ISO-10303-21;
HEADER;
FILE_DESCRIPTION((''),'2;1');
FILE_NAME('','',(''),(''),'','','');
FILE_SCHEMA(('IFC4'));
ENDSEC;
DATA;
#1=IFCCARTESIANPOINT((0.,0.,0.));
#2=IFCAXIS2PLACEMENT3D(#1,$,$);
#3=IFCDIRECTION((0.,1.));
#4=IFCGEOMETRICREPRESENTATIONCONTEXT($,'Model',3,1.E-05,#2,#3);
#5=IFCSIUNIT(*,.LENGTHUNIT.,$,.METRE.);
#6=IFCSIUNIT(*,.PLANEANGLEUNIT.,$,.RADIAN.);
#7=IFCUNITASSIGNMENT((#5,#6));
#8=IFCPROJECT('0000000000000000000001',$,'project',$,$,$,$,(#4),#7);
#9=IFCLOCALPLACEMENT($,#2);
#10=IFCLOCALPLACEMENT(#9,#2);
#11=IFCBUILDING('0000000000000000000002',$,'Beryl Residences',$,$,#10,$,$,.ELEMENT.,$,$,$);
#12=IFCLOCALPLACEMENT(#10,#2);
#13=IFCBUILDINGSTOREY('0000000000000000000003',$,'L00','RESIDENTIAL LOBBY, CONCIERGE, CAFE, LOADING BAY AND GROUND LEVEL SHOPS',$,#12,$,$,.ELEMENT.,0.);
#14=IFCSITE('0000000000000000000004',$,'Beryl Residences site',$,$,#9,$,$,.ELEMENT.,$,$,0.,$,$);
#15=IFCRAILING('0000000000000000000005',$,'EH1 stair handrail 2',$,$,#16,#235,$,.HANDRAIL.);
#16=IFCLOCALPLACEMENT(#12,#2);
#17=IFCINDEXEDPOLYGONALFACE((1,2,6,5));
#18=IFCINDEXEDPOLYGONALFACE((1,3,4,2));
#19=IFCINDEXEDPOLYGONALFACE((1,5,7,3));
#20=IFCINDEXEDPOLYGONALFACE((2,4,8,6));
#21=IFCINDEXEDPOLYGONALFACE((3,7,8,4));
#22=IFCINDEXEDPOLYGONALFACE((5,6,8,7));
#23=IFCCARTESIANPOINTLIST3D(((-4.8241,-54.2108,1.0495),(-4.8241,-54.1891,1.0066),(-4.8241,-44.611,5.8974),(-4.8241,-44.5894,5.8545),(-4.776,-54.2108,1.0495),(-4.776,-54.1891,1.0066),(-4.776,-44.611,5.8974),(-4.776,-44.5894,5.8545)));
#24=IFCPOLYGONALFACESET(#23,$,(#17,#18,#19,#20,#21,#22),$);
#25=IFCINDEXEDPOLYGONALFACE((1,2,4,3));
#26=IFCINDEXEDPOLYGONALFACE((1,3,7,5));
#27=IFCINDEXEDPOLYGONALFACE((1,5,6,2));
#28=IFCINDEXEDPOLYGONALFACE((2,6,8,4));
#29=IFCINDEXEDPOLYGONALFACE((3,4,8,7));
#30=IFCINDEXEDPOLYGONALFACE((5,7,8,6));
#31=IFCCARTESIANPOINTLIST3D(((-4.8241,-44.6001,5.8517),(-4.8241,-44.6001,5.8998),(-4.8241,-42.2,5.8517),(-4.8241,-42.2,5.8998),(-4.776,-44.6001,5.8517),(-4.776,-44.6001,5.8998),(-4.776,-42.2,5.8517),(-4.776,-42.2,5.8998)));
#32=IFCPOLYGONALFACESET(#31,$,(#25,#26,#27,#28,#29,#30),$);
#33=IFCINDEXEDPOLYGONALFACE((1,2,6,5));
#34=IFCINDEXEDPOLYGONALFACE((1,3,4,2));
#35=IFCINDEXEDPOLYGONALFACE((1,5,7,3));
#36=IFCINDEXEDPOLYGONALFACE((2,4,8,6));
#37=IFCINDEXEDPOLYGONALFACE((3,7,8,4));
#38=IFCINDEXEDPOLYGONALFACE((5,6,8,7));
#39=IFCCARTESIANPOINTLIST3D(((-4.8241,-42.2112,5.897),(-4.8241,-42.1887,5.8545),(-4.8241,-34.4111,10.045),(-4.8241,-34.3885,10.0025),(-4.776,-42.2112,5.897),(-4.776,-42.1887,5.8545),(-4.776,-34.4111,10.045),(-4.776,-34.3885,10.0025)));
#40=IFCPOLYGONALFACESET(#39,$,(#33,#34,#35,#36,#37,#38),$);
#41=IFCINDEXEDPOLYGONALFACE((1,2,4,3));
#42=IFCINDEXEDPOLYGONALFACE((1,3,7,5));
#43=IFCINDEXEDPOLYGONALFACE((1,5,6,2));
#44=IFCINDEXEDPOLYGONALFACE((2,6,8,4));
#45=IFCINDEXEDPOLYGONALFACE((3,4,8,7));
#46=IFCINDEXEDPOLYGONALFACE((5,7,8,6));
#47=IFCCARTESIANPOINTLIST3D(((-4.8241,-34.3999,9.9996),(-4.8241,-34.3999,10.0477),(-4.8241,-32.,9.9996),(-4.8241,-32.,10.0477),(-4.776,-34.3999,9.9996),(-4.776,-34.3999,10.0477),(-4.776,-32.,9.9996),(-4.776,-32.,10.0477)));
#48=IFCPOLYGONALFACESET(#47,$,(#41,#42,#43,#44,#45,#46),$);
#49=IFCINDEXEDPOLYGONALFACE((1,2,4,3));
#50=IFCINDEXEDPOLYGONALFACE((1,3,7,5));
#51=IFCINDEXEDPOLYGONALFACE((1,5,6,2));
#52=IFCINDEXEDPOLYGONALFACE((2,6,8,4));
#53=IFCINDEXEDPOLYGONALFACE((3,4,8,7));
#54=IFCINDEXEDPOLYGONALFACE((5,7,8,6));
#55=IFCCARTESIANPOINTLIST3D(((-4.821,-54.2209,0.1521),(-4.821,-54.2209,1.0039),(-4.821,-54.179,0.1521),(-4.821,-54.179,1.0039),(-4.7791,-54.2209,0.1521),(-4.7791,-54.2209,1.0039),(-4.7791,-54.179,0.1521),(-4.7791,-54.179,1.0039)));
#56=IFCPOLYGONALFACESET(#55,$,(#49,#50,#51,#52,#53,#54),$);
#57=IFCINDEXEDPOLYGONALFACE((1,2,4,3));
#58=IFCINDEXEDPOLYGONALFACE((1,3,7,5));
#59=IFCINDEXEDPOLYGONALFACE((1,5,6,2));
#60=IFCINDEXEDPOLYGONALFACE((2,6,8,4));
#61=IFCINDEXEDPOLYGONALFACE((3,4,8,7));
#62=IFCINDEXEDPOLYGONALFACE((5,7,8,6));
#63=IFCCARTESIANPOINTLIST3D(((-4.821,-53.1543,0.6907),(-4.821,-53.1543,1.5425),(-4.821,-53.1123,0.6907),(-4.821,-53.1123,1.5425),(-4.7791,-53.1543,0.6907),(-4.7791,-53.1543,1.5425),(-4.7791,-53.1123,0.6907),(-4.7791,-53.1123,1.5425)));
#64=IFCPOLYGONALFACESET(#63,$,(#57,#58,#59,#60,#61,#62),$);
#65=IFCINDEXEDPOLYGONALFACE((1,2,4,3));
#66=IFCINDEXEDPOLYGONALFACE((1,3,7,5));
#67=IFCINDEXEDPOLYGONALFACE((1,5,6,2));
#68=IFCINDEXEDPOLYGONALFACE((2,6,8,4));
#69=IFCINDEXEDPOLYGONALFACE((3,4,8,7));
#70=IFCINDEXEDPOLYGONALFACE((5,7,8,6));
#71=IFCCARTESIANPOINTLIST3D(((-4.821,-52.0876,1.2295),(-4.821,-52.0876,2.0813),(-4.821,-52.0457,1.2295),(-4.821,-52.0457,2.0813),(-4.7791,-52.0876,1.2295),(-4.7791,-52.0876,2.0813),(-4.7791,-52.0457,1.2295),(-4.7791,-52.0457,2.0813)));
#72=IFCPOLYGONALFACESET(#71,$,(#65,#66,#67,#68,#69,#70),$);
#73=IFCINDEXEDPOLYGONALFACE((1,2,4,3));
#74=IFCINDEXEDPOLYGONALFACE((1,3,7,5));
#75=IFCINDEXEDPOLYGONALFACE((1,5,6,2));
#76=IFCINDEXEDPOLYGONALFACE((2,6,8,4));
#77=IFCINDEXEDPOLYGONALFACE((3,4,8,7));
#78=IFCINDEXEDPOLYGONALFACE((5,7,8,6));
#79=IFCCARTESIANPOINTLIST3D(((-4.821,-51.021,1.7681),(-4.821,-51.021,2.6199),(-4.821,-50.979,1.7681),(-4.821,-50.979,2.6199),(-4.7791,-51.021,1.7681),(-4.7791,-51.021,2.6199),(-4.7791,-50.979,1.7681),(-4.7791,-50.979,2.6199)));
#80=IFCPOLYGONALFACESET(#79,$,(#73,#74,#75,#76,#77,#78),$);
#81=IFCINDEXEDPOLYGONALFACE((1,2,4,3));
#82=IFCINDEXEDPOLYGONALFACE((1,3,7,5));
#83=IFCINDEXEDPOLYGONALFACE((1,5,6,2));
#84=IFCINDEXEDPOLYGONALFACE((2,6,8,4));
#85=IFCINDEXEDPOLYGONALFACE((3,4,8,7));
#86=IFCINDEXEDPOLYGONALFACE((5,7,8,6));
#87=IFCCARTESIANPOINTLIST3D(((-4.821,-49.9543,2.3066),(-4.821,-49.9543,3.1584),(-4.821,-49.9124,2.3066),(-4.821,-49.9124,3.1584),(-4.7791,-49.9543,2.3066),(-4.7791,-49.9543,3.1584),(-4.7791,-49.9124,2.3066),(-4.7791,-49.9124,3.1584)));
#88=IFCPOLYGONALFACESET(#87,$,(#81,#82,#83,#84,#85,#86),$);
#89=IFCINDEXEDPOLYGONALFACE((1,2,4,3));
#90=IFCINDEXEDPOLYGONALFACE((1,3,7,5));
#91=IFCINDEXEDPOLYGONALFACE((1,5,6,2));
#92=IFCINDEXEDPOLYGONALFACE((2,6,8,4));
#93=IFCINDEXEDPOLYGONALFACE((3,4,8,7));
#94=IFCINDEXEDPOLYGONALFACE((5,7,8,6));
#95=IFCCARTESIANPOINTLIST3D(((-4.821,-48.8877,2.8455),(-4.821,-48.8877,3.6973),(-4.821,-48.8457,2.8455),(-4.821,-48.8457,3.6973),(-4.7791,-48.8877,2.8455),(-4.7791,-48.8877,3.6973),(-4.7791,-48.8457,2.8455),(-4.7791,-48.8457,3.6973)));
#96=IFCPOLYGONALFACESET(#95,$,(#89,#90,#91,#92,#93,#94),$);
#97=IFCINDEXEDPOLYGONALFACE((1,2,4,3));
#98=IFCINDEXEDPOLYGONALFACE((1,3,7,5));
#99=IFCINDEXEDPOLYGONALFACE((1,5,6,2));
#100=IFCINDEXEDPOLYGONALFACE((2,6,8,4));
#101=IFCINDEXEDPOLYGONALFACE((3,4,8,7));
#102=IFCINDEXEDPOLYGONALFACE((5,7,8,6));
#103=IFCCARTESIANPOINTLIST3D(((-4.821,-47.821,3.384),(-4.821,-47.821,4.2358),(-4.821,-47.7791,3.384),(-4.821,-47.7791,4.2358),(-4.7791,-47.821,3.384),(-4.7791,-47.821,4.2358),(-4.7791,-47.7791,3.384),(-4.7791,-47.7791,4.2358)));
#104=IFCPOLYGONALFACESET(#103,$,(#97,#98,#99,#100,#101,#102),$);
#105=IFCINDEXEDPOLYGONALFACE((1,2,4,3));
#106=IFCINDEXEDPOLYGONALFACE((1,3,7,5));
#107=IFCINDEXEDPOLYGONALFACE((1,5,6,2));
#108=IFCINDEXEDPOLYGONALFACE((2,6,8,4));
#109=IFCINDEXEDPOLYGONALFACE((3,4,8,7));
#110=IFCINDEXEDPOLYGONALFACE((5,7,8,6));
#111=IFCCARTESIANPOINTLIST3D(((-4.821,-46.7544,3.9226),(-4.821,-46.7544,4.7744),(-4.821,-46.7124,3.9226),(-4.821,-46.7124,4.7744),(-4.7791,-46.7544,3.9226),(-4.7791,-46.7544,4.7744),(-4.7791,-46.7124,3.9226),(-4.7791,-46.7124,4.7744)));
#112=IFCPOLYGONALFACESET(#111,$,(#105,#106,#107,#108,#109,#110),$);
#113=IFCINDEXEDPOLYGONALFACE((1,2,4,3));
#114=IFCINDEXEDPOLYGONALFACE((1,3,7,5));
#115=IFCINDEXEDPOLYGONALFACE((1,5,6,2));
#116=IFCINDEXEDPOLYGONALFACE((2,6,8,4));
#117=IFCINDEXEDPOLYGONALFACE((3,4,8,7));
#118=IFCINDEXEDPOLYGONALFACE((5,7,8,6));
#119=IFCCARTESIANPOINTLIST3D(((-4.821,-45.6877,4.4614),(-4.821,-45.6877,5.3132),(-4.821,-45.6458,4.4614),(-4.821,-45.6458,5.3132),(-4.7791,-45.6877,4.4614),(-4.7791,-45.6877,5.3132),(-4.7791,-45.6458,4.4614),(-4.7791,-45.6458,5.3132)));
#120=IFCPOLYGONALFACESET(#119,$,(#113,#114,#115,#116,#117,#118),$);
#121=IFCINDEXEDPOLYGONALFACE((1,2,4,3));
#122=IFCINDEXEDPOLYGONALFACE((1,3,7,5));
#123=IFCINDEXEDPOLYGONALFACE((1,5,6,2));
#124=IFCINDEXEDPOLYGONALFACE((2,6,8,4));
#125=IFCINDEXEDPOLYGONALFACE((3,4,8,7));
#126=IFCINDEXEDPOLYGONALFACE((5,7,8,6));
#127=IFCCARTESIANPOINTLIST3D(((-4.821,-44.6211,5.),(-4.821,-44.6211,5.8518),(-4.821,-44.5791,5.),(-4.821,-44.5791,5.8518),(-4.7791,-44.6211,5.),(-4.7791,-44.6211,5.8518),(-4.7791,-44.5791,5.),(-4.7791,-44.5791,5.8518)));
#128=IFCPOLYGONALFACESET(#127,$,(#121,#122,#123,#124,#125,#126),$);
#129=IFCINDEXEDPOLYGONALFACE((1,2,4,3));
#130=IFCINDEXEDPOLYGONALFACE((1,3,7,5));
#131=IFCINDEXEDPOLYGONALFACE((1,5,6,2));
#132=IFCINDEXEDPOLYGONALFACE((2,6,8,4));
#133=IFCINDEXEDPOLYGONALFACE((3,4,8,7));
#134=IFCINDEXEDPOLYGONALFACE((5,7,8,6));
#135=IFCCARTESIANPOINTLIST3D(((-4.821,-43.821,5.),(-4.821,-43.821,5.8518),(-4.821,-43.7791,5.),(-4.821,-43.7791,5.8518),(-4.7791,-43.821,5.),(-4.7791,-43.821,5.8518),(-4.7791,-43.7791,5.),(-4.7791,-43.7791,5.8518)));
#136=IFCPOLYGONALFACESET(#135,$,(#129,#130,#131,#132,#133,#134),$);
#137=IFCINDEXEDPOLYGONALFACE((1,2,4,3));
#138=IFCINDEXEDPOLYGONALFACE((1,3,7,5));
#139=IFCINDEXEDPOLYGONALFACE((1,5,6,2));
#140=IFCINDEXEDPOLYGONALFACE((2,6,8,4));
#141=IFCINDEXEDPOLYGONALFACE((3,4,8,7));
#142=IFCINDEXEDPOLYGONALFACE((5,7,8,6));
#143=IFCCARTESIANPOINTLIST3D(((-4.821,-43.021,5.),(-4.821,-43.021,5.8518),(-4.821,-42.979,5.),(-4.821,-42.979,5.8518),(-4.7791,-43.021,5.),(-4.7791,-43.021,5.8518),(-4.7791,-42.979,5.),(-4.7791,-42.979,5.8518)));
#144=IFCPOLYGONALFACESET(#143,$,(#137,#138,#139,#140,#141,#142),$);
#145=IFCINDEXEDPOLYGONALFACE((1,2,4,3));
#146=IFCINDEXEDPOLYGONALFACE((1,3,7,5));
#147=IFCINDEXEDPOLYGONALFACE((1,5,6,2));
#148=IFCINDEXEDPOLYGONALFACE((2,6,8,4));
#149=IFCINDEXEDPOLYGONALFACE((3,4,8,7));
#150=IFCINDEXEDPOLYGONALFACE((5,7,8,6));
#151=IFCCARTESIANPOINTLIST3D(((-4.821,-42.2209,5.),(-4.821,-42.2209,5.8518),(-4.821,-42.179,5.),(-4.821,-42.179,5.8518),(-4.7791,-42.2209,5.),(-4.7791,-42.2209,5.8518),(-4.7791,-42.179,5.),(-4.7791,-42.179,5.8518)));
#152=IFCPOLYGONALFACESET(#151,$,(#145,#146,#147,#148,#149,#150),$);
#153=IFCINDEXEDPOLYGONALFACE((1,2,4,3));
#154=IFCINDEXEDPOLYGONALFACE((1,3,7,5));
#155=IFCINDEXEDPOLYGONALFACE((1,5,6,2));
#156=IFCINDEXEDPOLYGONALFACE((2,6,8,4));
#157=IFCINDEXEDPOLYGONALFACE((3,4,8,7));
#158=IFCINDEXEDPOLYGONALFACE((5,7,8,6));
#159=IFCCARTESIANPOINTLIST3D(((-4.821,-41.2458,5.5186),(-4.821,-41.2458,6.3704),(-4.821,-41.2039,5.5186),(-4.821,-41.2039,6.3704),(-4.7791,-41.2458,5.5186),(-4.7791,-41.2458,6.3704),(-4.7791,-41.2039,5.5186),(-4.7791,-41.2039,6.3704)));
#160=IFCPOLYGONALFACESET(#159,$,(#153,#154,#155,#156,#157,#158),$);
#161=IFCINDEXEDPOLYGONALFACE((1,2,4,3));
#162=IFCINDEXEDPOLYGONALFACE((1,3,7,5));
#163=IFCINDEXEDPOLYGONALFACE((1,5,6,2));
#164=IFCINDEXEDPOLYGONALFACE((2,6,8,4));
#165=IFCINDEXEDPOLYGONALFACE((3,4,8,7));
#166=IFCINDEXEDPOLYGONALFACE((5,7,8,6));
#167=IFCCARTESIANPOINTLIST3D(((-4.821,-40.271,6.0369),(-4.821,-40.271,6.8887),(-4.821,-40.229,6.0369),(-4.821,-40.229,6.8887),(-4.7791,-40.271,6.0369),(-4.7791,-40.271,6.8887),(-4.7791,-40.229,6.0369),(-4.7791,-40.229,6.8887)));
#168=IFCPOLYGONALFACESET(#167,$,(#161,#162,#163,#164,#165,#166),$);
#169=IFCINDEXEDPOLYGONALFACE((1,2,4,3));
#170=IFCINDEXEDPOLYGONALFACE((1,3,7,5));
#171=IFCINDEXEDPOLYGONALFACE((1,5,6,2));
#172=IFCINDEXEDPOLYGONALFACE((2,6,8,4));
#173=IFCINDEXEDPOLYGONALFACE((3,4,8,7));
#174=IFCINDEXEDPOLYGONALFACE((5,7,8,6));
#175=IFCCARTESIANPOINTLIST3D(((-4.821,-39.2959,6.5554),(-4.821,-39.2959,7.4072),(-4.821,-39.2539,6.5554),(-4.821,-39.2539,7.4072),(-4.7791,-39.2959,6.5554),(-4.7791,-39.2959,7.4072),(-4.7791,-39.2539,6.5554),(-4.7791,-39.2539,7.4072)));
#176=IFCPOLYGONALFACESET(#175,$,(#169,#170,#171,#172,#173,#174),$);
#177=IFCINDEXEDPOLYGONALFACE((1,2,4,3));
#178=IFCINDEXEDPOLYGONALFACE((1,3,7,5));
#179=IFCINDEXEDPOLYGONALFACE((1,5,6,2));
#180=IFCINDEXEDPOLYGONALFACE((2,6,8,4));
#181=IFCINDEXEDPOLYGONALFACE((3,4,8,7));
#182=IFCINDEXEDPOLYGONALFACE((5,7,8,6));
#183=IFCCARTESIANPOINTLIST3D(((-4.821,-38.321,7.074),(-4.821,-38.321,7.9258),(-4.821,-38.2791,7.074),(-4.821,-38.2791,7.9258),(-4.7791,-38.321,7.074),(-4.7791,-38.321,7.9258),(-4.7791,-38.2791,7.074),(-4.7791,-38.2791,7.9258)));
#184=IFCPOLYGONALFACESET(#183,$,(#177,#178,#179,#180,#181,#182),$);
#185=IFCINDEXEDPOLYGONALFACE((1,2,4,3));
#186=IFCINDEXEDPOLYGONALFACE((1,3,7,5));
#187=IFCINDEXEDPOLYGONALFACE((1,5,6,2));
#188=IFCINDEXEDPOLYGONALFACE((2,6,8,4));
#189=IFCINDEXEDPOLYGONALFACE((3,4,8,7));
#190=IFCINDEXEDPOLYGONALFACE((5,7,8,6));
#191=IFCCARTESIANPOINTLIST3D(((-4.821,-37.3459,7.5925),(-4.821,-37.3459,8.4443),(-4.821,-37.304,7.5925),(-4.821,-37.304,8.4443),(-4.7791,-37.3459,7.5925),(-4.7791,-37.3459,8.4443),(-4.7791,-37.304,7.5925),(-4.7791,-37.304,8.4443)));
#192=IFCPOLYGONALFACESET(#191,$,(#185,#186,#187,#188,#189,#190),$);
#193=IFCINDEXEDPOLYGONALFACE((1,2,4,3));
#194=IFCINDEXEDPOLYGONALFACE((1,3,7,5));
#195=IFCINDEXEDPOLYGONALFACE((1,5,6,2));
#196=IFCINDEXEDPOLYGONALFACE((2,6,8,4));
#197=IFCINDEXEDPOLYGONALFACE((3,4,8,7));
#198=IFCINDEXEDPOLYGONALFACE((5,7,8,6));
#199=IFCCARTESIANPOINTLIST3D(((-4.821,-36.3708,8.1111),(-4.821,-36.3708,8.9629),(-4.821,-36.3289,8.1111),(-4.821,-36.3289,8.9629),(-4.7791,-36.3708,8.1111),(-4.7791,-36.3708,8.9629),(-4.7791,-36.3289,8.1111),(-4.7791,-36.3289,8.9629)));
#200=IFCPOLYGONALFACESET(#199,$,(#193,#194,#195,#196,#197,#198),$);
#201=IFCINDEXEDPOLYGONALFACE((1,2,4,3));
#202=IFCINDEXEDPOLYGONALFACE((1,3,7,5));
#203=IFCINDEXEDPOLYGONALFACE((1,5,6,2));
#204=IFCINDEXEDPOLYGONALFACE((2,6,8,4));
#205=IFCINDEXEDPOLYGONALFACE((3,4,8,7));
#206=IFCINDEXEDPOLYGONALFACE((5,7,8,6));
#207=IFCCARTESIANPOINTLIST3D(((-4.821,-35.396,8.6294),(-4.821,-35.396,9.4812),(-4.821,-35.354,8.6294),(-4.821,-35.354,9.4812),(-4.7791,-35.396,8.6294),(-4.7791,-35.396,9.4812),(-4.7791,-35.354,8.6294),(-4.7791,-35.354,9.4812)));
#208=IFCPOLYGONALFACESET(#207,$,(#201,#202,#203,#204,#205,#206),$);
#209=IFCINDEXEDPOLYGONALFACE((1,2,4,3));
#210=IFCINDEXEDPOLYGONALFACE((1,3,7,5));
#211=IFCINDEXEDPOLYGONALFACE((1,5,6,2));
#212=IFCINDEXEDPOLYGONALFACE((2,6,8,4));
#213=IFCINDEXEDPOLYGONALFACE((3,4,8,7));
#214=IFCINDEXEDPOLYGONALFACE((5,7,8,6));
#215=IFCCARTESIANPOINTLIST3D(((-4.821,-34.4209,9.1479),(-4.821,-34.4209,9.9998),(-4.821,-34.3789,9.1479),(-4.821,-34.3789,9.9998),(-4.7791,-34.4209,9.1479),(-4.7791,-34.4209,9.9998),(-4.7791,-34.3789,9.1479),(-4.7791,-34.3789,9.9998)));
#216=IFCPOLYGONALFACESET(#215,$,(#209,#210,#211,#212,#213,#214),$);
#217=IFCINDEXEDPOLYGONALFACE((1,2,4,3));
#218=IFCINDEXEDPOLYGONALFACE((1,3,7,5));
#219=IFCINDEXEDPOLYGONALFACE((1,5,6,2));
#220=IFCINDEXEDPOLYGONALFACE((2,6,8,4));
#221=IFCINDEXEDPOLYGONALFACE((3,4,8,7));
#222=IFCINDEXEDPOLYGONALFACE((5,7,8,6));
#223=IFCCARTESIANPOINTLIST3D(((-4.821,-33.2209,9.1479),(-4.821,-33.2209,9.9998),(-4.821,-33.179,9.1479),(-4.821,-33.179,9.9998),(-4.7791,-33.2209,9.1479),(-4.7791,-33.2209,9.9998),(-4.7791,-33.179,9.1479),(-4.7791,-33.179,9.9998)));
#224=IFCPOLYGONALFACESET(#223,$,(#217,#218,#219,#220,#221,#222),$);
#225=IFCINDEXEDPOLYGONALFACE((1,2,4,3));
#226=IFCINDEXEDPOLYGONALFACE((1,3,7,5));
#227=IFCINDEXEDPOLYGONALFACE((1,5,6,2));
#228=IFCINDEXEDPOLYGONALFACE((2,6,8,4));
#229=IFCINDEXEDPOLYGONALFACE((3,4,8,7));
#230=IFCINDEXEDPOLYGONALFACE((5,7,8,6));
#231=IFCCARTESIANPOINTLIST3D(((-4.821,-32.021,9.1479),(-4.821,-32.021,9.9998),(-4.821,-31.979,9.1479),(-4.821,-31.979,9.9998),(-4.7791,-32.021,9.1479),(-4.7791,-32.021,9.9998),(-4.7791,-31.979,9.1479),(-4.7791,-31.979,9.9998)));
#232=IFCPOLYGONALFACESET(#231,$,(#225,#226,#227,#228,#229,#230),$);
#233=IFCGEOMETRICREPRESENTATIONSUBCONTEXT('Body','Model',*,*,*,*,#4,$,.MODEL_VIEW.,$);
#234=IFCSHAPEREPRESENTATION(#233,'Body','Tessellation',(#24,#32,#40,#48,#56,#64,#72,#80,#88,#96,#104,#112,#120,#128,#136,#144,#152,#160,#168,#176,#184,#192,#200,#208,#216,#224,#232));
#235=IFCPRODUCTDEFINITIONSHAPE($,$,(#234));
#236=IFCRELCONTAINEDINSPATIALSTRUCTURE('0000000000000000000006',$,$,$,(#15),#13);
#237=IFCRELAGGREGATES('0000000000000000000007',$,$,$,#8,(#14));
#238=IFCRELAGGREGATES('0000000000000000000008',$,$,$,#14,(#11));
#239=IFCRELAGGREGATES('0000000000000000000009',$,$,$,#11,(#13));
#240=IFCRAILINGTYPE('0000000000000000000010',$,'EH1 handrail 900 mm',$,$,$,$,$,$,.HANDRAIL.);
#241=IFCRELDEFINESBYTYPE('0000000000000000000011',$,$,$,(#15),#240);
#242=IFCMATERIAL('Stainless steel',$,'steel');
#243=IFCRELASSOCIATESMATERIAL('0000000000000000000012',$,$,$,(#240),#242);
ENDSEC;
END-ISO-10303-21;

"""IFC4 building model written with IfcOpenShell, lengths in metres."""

from ifc_helpers import new_model, si_unit, direction, frame, origin, origin_2d, place, context, subcontext, project, spatial, rectangle, extrude, material, type_object, element, save


model = new_model("IFC4")

# Units and contexts
model_context = context("Model", 3, precision=1e-05, world=origin(), true_north=direction((0.0, 1.0)))
body_context = subcontext(model_context, "Body", "Model", "MODEL_VIEW")
ifc_project = project(units=[si_unit("LENGTHUNIT", "METRE"), si_unit("PLANEANGLEUNIT", "RADIAN")], contexts=[model_context])

# Site, building, storey
site_placement = place(None, origin())
site = spatial("IfcSite", under=ifc_project, at=site_placement, Name="Beryl Residences site", CompositionType="ELEMENT", RefElevation=0.0)
building_placement = place(site_placement, origin())
building = spatial("IfcBuilding", under=site, at=building_placement, Name="Beryl Residences", CompositionType="ELEMENT")
storey_placement = place(building_placement, origin())
storey = spatial("IfcBuildingStorey", under=building, at=storey_placement, Name="L00", Description="RESIDENTIAL LOBBY, CONCIERGE, CAFE, LOADING BAY AND GROUND LEVEL SHOPS", CompositionType="ELEMENT", Elevation=0.0)

# Railing
ifc_material_1 = material(Name="Stainless steel", Category="steel")
railing_type_1 = type_object("IfcRailingType", Name="EH1 handrail 900 mm", PredefinedType="HANDRAIL", material=ifc_material_1)
railing_1_placement = place(storey_placement, frame((-4.8, -54.2, 0.1521)))
element("IfcRailing", 1, at=railing_1_placement, inside=storey, type_object=railing_type_1, Name="EH1 stair handrail 2", PredefinedType="HANDRAIL", context=body_context, shape_type="SweptSolid", body=[
    extrude(rectangle(XDim=0.0481, YDim=0.0481, at=origin_2d()), frame((0.0, 0.0, 0.876), z_axis=(0.0, 0.892636, 0.450779), x_axis=(-1.0, 0.0, 0.0)), (0.0, 0.0, 1.0), 10.7544),
    extrude(rectangle(XDim=0.0481, YDim=0.0481, at=origin_2d()), frame((0.0, 9.5999, 5.7236), z_axis=(0.0, 1.0, 0.0), x_axis=(-1.0, 0.0, 0.0)), (0.0, 0.0, 1.0), 2.4001),
    extrude(rectangle(XDim=0.0481, YDim=0.0481, at=origin_2d()), frame((0.0, 12.0, 5.7236), z_axis=(0.0, 0.88292, 0.469524), x_axis=(-1.0, 0.0, 0.0)), (0.0, 0.0, 1.0), 8.8345),
    extrude(rectangle(XDim=0.0481, YDim=0.0481, at=origin_2d()), frame((0.0, 19.8, 9.8716), z_axis=(0.0, 1.0, 0.0), x_axis=(-1.0, 0.0, 0.0)), (0.0, 0.0, 1.0), 2.3999),
    extrude(rectangle(XDim=0.042, YDim=0.042, at=origin_2d()), origin(), (0.0, 0.0, 1.0), 0.8518),
    extrude(rectangle(XDim=0.042, YDim=0.042, at=origin_2d()), frame((0.0, 1.0667, 0.5386)), (0.0, 0.0, 1.0), 0.8518),
    extrude(rectangle(XDim=0.042, YDim=0.042, at=origin_2d()), frame((0.0, 2.1333, 1.0774)), (0.0, 0.0, 1.0), 0.8518),
    extrude(rectangle(XDim=0.042, YDim=0.042, at=origin_2d()), frame((0.0, 3.2, 1.616)), (0.0, 0.0, 1.0), 0.8518),
    extrude(rectangle(XDim=0.042, YDim=0.042, at=origin_2d()), frame((0.0, 4.2666, 2.1545)), (0.0, 0.0, 1.0), 0.8518),
    extrude(rectangle(XDim=0.042, YDim=0.042, at=origin_2d()), frame((0.0, 5.3333, 2.6934)), (0.0, 0.0, 1.0), 0.8518),
    extrude(rectangle(XDim=0.042, YDim=0.042, at=origin_2d()), frame((0.0, 6.3999, 3.2319)), (0.0, 0.0, 1.0), 0.8518),
    extrude(rectangle(XDim=0.042, YDim=0.042, at=origin_2d()), frame((0.0, 7.4666, 3.7705)), (0.0, 0.0, 1.0), 0.8518),
    extrude(rectangle(XDim=0.042, YDim=0.042, at=origin_2d()), frame((0.0, 8.5332, 4.3093)), (0.0, 0.0, 1.0), 0.8518),
    extrude(rectangle(XDim=0.042, YDim=0.042, at=origin_2d()), frame((0.0, 9.5999, 4.8479)), (0.0, 0.0, 1.0), 0.8518),
    extrude(rectangle(XDim=0.042, YDim=0.042, at=origin_2d()), frame((0.0, 10.3999, 4.8479)), (0.0, 0.0, 1.0), 0.8518),
    extrude(rectangle(XDim=0.042, YDim=0.042, at=origin_2d()), frame((0.0, 11.2, 4.8479)), (0.0, 0.0, 1.0), 0.8518),
    extrude(rectangle(XDim=0.042, YDim=0.042, at=origin_2d()), frame((0.0, 12.0, 4.8479)), (0.0, 0.0, 1.0), 0.8518),
    extrude(rectangle(XDim=0.042, YDim=0.042, at=origin_2d()), frame((0.0, 12.9751, 5.3665)), (0.0, 0.0, 1.0), 0.8518),
    extrude(rectangle(XDim=0.042, YDim=0.042, at=origin_2d()), frame((0.0, 13.95, 5.8848)), (0.0, 0.0, 1.0), 0.8518),
    extrude(rectangle(XDim=0.042, YDim=0.042, at=origin_2d()), frame((0.0, 14.925, 6.4033)), (0.0, 0.0, 1.0), 0.8518),
    extrude(rectangle(XDim=0.042, YDim=0.042, at=origin_2d()), frame((0.0, 15.8999, 6.9219)), (0.0, 0.0, 1.0), 0.8518),
    extrude(rectangle(XDim=0.042, YDim=0.042, at=origin_2d()), frame((0.0, 16.875, 7.4404)), (0.0, 0.0, 1.0), 0.8518),
    extrude(rectangle(XDim=0.042, YDim=0.042, at=origin_2d()), frame((0.0, 17.8501, 7.959)), (0.0, 0.0, 1.0), 0.8518),
    extrude(rectangle(XDim=0.042, YDim=0.042, at=origin_2d()), frame((0.0, 18.825, 8.4773)), (0.0, 0.0, 1.0), 0.8518),
    extrude(rectangle(XDim=0.042, YDim=0.042, at=origin_2d()), frame((0.0, 19.8, 8.9958)), (0.0, 0.0, 1.0), 0.8518),
    extrude(rectangle(XDim=0.042, YDim=0.042, at=origin_2d()), frame((0.0, 21.0, 8.9958)), (0.0, 0.0, 1.0), 0.8518),
    extrude(rectangle(XDim=0.042, YDim=0.042, at=origin_2d()), frame((0.0, 22.2, 8.9958)), (0.0, 0.0, 1.0), 0.8518),
])

save(model, "model.ifc")
